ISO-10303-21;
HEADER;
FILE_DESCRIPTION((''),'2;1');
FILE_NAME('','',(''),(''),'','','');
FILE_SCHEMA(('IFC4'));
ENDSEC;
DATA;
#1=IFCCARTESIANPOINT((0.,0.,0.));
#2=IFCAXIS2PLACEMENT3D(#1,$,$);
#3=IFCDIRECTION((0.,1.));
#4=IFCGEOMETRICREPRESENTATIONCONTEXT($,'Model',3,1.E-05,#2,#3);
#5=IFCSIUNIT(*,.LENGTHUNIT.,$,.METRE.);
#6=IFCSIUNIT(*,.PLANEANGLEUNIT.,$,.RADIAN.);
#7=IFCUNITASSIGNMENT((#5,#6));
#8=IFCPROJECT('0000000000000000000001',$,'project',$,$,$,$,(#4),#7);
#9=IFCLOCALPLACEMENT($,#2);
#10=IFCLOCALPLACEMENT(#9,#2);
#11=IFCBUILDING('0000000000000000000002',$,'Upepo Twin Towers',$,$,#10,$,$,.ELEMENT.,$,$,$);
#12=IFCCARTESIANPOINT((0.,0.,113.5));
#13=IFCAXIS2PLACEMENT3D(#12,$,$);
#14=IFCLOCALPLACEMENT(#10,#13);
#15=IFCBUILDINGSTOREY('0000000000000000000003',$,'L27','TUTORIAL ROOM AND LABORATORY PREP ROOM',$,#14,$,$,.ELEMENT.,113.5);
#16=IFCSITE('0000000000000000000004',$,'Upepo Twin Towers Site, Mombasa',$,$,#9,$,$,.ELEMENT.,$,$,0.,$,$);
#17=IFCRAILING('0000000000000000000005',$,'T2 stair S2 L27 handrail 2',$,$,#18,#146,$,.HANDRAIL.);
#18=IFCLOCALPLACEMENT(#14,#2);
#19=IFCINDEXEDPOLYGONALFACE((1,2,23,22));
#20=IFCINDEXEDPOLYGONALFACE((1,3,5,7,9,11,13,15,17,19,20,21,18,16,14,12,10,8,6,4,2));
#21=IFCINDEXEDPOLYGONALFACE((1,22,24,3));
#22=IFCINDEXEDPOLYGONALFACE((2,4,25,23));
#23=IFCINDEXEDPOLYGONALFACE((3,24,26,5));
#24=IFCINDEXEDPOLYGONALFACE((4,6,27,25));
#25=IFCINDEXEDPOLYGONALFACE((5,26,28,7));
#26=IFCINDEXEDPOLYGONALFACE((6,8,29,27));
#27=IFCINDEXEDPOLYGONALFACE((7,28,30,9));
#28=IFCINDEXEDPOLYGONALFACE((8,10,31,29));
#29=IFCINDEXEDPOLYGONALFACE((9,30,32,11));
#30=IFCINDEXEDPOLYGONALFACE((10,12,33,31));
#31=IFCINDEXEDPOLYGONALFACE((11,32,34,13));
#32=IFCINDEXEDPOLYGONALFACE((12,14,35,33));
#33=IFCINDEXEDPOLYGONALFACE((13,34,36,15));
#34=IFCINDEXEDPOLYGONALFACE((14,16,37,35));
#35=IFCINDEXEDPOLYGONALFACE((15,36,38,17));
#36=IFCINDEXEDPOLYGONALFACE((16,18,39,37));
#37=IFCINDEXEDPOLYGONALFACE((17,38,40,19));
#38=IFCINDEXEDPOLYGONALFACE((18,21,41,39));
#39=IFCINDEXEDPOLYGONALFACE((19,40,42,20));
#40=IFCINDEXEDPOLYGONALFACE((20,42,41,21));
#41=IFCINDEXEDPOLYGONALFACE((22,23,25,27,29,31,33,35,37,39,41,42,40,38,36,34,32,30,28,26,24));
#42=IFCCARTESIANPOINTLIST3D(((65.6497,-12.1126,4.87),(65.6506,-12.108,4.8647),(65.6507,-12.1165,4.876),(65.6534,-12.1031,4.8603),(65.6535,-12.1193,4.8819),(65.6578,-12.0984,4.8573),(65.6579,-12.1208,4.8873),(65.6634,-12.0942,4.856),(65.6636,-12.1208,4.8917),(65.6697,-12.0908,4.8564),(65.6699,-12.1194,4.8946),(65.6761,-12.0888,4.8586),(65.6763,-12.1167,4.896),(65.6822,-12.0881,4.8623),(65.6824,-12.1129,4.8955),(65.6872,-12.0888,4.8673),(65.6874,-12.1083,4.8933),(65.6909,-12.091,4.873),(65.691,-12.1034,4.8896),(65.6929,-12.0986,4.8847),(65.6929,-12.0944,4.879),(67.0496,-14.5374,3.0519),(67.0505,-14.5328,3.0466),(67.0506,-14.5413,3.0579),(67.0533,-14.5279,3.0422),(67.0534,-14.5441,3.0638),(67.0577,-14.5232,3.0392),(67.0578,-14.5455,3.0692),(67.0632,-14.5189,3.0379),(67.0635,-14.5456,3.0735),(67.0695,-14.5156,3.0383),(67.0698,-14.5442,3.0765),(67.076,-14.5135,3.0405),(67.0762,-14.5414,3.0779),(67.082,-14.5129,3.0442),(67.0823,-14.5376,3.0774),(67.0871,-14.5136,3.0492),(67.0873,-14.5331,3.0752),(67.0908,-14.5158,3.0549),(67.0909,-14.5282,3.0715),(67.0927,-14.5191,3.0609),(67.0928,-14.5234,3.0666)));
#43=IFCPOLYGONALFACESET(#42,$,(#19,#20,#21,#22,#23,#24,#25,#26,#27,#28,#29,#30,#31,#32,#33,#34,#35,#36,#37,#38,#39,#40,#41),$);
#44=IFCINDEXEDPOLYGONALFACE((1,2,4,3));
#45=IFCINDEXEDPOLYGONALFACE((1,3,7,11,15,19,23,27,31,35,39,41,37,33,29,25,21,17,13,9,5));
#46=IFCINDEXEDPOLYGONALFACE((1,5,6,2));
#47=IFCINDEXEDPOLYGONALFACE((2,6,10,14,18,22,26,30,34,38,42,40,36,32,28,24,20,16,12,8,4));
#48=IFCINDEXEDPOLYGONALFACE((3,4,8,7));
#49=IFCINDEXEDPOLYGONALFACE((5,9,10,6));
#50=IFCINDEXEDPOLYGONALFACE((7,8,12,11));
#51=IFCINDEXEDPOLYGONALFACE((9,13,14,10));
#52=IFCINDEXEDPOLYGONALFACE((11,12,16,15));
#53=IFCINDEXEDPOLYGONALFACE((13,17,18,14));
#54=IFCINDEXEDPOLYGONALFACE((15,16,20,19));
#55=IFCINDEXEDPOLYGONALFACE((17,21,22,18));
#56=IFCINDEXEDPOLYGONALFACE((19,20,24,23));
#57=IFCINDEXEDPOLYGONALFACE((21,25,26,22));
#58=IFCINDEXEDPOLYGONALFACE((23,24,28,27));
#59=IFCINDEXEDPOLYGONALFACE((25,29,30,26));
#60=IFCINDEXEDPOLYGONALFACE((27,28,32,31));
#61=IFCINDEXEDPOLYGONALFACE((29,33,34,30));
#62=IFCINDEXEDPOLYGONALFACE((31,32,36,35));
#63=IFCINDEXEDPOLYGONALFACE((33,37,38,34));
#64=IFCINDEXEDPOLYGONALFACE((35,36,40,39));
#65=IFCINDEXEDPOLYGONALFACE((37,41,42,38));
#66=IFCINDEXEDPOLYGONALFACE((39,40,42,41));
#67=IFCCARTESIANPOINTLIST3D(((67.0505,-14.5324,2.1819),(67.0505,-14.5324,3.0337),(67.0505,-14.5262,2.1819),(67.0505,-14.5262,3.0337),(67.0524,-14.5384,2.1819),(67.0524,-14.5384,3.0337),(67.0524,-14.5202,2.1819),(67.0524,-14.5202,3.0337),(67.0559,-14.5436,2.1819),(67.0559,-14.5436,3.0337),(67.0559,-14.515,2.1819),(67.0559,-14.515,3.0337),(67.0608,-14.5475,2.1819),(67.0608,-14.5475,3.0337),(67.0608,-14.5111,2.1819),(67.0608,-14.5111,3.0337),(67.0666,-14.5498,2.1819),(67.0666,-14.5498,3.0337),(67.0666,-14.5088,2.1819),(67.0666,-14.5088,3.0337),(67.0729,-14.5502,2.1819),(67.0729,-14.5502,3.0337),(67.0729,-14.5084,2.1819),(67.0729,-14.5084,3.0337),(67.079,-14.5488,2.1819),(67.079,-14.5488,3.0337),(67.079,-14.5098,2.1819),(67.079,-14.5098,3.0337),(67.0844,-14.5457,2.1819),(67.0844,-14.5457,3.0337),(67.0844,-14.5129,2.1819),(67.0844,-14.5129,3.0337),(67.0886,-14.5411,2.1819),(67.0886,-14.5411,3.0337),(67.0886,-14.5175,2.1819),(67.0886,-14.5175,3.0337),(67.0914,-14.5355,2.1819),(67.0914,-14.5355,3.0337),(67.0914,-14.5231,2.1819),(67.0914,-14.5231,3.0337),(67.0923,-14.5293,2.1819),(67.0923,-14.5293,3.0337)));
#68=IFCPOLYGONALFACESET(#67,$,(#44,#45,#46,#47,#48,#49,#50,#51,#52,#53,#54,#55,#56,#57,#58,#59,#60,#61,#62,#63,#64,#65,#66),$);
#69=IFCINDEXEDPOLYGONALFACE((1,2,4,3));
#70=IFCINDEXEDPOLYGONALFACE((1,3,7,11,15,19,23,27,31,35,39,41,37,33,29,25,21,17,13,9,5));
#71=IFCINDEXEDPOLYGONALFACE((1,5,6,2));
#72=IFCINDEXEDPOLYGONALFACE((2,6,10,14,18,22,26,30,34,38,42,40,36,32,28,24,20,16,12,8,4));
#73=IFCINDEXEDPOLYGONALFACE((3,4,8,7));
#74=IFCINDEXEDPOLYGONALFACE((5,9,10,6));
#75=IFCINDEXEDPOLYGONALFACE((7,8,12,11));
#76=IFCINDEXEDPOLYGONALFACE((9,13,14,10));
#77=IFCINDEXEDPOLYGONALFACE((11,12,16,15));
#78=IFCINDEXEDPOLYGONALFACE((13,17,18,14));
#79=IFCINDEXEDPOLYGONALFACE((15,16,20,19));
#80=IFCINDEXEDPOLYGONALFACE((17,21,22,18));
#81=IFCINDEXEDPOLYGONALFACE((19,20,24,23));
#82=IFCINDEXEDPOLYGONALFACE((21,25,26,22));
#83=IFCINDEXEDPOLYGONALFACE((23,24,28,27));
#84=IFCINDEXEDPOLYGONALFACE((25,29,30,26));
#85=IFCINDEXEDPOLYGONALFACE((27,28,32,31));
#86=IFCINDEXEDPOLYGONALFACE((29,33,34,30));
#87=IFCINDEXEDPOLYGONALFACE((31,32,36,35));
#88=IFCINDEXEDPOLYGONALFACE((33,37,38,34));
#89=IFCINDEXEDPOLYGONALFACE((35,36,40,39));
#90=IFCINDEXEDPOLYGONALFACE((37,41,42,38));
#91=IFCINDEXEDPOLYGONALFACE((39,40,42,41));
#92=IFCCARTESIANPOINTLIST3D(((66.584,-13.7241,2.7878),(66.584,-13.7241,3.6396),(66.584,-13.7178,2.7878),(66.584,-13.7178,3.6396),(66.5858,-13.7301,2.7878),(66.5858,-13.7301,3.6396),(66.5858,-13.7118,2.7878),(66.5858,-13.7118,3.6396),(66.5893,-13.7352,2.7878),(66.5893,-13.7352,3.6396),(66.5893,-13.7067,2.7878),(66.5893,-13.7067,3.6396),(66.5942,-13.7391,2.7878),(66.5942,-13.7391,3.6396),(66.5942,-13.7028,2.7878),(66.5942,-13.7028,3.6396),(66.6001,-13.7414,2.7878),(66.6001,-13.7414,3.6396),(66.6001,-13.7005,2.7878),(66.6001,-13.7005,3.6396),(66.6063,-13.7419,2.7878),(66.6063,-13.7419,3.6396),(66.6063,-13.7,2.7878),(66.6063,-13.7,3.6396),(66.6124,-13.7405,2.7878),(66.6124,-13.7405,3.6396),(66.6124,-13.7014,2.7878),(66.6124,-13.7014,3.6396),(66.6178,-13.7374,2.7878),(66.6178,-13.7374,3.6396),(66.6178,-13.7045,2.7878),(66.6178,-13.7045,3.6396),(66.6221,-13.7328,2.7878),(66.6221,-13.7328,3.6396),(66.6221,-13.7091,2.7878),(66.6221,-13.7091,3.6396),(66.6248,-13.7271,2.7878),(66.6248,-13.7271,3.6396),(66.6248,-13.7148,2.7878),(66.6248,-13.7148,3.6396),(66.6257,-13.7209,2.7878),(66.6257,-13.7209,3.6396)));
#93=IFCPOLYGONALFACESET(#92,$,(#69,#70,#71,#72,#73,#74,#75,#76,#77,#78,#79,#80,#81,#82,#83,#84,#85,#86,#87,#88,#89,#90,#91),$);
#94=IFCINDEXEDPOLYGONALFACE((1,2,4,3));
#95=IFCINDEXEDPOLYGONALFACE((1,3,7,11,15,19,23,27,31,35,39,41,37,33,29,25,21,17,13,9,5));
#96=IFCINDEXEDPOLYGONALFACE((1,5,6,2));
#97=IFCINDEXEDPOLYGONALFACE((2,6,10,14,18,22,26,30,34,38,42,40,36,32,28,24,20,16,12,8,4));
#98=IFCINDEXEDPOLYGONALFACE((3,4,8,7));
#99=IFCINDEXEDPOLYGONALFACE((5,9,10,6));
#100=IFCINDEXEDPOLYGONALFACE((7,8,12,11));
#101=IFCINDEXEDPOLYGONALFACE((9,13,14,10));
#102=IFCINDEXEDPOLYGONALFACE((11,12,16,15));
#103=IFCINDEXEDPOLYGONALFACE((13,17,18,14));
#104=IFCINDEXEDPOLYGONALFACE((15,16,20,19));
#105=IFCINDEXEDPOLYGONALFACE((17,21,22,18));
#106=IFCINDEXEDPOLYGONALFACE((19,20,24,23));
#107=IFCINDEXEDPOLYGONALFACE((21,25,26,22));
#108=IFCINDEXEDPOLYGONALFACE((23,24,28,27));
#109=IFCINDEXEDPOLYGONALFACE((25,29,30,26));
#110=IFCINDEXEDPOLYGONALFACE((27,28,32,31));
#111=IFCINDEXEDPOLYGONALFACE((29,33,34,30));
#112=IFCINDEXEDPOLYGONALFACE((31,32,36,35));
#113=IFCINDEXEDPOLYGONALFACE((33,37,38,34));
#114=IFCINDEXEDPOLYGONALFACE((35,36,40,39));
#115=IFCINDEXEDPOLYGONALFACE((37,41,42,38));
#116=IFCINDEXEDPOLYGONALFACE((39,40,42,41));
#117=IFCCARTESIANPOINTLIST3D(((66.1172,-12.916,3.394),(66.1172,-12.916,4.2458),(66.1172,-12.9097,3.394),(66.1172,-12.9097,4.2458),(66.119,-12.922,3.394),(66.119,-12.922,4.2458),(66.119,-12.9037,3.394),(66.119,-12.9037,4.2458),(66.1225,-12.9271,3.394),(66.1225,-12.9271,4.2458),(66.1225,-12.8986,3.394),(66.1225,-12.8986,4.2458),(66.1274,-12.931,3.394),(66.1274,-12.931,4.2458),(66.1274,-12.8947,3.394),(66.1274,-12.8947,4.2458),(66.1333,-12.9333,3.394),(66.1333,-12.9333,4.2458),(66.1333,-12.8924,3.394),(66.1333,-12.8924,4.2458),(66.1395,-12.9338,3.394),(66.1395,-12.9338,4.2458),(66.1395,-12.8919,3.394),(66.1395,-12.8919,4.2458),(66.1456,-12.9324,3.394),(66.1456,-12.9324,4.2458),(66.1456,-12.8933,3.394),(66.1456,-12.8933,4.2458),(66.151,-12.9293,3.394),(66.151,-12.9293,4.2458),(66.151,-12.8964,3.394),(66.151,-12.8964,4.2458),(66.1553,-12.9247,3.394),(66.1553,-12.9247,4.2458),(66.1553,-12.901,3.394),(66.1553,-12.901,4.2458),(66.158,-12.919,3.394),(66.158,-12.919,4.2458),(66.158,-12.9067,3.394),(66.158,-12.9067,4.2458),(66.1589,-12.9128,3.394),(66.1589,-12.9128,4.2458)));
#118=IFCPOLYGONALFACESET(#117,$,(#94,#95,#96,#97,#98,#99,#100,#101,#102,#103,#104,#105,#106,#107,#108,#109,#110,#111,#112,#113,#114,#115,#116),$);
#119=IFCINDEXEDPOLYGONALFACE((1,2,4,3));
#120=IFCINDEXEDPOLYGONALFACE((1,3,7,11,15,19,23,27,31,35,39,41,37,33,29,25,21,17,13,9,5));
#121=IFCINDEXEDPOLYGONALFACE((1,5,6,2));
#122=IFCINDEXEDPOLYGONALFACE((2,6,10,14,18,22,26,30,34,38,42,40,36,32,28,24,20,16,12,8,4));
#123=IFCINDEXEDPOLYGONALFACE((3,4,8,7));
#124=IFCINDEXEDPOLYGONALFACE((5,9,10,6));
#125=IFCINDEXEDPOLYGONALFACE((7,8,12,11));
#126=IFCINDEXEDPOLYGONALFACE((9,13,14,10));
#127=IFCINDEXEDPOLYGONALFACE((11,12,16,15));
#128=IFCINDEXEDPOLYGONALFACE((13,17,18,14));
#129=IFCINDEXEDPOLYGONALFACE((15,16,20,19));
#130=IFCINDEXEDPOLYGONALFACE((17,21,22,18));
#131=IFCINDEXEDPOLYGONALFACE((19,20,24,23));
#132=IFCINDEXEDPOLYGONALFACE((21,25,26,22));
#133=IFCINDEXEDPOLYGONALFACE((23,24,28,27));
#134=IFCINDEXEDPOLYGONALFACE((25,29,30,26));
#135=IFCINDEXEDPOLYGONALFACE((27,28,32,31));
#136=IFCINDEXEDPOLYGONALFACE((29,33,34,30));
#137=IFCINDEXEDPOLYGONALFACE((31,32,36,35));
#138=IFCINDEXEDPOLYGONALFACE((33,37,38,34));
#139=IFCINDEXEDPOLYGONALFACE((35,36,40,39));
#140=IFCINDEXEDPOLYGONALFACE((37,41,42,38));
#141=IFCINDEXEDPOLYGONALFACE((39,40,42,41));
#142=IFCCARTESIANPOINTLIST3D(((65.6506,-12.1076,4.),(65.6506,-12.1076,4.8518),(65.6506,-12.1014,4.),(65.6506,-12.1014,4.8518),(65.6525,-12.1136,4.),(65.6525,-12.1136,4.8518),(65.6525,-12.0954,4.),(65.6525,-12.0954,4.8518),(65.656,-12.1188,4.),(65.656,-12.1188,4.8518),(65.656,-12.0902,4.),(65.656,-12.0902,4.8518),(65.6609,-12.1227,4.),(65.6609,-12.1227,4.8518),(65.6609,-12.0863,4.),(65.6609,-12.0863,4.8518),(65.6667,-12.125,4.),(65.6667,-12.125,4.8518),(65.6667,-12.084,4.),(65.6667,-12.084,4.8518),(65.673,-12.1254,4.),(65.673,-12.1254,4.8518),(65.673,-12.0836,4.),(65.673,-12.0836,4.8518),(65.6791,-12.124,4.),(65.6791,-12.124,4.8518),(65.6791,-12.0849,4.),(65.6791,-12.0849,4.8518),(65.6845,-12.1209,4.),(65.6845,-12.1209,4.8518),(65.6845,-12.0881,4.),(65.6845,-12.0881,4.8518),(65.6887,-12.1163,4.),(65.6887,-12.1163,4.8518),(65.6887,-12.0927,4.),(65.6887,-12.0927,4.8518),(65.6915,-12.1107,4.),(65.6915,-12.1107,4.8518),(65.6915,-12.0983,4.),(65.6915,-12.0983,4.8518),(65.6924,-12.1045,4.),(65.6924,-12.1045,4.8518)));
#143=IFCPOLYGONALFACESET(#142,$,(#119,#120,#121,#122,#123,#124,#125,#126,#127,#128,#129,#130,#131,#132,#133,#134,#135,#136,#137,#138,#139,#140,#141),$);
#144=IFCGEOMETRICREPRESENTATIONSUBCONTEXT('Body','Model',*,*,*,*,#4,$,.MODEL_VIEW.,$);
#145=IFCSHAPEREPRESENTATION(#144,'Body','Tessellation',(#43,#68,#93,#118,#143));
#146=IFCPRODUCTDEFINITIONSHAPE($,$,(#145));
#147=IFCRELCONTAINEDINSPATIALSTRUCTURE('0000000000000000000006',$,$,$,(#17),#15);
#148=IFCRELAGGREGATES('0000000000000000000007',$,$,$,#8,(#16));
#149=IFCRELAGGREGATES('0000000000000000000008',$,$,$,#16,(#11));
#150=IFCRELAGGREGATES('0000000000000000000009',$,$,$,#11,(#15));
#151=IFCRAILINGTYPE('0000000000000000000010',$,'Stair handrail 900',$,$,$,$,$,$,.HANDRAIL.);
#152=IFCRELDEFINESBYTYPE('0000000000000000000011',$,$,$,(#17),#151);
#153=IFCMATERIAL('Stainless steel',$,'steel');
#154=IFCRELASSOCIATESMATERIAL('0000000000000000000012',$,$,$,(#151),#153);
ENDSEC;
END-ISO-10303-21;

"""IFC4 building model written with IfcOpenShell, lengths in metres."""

from ifc_helpers import new_model, si_unit, direction, frame, origin, origin_2d, place, context, subcontext, project, spatial, circle, extrude, material, type_object, element, save


model = new_model("IFC4")

# Units and contexts
model_context = context("Model", 3, precision=1e-05, world=origin(), true_north=direction((0.0, 1.0)))
body_context = subcontext(model_context, "Body", "Model", "MODEL_VIEW")
ifc_project = project(units=[si_unit("LENGTHUNIT", "METRE"), si_unit("PLANEANGLEUNIT", "RADIAN")], contexts=[model_context])

# Site, building, storey
site_placement = place(None, origin())
site = spatial("IfcSite", under=ifc_project, at=site_placement, Name="Upepo Twin Towers Site, Mombasa", CompositionType="ELEMENT", RefElevation=0.0)
building_placement = place(site_placement, origin())
building = spatial("IfcBuilding", under=site, at=building_placement, Name="Upepo Twin Towers", CompositionType="ELEMENT")
storey_placement = place(building_placement, frame((0.0, 0.0, 113.5)))
storey = spatial("IfcBuildingStorey", under=building, at=storey_placement, Name="L27", Description="TUTORIAL ROOM AND LABORATORY PREP ROOM", CompositionType="ELEMENT", Elevation=113.5)

# Railing
ifc_material_1 = material(Name="Stainless steel", Category="steel")
railing_type = type_object("IfcRailingType", Name="Stair handrail 900", PredefinedType="HANDRAIL", material=ifc_material_1)
railing_1_placement = place(storey_placement, frame((67.0713, -14.5293, 2.1819)))
element("IfcRailing", 1, at=railing_1_placement, inside=storey, type_object=railing_type, Name="T2 stair S2 L27 handrail 2", PredefinedType="HANDRAIL", context=body_context, shape_type="SweptSolid", body=[
    extrude(circle(Radius=0.0239, at=origin_2d()), frame((0.0, 0.0, 0.876), z_axis=(-0.419333, 0.726336, 0.544606), x_axis=(-0.866035, -0.499984, 0.0)), (0.0, 0.0, 1.0), 3.3384),
    extrude(circle(Radius=0.021, at=origin_2d()), origin(), (0.0, 0.0, 1.0), 0.8518),
    extrude(circle(Radius=0.021, at=origin_2d()), frame((-0.4666, 0.8083, 0.606)), (0.0, 0.0, 1.0), 0.8518),
    extrude(circle(Radius=0.021, at=origin_2d()), frame((-0.9333, 1.6165, 1.2122)), (0.0, 0.0, 1.0), 0.8518),
    extrude(circle(Radius=0.021, at=origin_2d()), frame((-1.3999, 2.4248, 1.8181)), (0.0, 0.0, 1.0), 0.8518),
])

save(model, "model.ifc")
